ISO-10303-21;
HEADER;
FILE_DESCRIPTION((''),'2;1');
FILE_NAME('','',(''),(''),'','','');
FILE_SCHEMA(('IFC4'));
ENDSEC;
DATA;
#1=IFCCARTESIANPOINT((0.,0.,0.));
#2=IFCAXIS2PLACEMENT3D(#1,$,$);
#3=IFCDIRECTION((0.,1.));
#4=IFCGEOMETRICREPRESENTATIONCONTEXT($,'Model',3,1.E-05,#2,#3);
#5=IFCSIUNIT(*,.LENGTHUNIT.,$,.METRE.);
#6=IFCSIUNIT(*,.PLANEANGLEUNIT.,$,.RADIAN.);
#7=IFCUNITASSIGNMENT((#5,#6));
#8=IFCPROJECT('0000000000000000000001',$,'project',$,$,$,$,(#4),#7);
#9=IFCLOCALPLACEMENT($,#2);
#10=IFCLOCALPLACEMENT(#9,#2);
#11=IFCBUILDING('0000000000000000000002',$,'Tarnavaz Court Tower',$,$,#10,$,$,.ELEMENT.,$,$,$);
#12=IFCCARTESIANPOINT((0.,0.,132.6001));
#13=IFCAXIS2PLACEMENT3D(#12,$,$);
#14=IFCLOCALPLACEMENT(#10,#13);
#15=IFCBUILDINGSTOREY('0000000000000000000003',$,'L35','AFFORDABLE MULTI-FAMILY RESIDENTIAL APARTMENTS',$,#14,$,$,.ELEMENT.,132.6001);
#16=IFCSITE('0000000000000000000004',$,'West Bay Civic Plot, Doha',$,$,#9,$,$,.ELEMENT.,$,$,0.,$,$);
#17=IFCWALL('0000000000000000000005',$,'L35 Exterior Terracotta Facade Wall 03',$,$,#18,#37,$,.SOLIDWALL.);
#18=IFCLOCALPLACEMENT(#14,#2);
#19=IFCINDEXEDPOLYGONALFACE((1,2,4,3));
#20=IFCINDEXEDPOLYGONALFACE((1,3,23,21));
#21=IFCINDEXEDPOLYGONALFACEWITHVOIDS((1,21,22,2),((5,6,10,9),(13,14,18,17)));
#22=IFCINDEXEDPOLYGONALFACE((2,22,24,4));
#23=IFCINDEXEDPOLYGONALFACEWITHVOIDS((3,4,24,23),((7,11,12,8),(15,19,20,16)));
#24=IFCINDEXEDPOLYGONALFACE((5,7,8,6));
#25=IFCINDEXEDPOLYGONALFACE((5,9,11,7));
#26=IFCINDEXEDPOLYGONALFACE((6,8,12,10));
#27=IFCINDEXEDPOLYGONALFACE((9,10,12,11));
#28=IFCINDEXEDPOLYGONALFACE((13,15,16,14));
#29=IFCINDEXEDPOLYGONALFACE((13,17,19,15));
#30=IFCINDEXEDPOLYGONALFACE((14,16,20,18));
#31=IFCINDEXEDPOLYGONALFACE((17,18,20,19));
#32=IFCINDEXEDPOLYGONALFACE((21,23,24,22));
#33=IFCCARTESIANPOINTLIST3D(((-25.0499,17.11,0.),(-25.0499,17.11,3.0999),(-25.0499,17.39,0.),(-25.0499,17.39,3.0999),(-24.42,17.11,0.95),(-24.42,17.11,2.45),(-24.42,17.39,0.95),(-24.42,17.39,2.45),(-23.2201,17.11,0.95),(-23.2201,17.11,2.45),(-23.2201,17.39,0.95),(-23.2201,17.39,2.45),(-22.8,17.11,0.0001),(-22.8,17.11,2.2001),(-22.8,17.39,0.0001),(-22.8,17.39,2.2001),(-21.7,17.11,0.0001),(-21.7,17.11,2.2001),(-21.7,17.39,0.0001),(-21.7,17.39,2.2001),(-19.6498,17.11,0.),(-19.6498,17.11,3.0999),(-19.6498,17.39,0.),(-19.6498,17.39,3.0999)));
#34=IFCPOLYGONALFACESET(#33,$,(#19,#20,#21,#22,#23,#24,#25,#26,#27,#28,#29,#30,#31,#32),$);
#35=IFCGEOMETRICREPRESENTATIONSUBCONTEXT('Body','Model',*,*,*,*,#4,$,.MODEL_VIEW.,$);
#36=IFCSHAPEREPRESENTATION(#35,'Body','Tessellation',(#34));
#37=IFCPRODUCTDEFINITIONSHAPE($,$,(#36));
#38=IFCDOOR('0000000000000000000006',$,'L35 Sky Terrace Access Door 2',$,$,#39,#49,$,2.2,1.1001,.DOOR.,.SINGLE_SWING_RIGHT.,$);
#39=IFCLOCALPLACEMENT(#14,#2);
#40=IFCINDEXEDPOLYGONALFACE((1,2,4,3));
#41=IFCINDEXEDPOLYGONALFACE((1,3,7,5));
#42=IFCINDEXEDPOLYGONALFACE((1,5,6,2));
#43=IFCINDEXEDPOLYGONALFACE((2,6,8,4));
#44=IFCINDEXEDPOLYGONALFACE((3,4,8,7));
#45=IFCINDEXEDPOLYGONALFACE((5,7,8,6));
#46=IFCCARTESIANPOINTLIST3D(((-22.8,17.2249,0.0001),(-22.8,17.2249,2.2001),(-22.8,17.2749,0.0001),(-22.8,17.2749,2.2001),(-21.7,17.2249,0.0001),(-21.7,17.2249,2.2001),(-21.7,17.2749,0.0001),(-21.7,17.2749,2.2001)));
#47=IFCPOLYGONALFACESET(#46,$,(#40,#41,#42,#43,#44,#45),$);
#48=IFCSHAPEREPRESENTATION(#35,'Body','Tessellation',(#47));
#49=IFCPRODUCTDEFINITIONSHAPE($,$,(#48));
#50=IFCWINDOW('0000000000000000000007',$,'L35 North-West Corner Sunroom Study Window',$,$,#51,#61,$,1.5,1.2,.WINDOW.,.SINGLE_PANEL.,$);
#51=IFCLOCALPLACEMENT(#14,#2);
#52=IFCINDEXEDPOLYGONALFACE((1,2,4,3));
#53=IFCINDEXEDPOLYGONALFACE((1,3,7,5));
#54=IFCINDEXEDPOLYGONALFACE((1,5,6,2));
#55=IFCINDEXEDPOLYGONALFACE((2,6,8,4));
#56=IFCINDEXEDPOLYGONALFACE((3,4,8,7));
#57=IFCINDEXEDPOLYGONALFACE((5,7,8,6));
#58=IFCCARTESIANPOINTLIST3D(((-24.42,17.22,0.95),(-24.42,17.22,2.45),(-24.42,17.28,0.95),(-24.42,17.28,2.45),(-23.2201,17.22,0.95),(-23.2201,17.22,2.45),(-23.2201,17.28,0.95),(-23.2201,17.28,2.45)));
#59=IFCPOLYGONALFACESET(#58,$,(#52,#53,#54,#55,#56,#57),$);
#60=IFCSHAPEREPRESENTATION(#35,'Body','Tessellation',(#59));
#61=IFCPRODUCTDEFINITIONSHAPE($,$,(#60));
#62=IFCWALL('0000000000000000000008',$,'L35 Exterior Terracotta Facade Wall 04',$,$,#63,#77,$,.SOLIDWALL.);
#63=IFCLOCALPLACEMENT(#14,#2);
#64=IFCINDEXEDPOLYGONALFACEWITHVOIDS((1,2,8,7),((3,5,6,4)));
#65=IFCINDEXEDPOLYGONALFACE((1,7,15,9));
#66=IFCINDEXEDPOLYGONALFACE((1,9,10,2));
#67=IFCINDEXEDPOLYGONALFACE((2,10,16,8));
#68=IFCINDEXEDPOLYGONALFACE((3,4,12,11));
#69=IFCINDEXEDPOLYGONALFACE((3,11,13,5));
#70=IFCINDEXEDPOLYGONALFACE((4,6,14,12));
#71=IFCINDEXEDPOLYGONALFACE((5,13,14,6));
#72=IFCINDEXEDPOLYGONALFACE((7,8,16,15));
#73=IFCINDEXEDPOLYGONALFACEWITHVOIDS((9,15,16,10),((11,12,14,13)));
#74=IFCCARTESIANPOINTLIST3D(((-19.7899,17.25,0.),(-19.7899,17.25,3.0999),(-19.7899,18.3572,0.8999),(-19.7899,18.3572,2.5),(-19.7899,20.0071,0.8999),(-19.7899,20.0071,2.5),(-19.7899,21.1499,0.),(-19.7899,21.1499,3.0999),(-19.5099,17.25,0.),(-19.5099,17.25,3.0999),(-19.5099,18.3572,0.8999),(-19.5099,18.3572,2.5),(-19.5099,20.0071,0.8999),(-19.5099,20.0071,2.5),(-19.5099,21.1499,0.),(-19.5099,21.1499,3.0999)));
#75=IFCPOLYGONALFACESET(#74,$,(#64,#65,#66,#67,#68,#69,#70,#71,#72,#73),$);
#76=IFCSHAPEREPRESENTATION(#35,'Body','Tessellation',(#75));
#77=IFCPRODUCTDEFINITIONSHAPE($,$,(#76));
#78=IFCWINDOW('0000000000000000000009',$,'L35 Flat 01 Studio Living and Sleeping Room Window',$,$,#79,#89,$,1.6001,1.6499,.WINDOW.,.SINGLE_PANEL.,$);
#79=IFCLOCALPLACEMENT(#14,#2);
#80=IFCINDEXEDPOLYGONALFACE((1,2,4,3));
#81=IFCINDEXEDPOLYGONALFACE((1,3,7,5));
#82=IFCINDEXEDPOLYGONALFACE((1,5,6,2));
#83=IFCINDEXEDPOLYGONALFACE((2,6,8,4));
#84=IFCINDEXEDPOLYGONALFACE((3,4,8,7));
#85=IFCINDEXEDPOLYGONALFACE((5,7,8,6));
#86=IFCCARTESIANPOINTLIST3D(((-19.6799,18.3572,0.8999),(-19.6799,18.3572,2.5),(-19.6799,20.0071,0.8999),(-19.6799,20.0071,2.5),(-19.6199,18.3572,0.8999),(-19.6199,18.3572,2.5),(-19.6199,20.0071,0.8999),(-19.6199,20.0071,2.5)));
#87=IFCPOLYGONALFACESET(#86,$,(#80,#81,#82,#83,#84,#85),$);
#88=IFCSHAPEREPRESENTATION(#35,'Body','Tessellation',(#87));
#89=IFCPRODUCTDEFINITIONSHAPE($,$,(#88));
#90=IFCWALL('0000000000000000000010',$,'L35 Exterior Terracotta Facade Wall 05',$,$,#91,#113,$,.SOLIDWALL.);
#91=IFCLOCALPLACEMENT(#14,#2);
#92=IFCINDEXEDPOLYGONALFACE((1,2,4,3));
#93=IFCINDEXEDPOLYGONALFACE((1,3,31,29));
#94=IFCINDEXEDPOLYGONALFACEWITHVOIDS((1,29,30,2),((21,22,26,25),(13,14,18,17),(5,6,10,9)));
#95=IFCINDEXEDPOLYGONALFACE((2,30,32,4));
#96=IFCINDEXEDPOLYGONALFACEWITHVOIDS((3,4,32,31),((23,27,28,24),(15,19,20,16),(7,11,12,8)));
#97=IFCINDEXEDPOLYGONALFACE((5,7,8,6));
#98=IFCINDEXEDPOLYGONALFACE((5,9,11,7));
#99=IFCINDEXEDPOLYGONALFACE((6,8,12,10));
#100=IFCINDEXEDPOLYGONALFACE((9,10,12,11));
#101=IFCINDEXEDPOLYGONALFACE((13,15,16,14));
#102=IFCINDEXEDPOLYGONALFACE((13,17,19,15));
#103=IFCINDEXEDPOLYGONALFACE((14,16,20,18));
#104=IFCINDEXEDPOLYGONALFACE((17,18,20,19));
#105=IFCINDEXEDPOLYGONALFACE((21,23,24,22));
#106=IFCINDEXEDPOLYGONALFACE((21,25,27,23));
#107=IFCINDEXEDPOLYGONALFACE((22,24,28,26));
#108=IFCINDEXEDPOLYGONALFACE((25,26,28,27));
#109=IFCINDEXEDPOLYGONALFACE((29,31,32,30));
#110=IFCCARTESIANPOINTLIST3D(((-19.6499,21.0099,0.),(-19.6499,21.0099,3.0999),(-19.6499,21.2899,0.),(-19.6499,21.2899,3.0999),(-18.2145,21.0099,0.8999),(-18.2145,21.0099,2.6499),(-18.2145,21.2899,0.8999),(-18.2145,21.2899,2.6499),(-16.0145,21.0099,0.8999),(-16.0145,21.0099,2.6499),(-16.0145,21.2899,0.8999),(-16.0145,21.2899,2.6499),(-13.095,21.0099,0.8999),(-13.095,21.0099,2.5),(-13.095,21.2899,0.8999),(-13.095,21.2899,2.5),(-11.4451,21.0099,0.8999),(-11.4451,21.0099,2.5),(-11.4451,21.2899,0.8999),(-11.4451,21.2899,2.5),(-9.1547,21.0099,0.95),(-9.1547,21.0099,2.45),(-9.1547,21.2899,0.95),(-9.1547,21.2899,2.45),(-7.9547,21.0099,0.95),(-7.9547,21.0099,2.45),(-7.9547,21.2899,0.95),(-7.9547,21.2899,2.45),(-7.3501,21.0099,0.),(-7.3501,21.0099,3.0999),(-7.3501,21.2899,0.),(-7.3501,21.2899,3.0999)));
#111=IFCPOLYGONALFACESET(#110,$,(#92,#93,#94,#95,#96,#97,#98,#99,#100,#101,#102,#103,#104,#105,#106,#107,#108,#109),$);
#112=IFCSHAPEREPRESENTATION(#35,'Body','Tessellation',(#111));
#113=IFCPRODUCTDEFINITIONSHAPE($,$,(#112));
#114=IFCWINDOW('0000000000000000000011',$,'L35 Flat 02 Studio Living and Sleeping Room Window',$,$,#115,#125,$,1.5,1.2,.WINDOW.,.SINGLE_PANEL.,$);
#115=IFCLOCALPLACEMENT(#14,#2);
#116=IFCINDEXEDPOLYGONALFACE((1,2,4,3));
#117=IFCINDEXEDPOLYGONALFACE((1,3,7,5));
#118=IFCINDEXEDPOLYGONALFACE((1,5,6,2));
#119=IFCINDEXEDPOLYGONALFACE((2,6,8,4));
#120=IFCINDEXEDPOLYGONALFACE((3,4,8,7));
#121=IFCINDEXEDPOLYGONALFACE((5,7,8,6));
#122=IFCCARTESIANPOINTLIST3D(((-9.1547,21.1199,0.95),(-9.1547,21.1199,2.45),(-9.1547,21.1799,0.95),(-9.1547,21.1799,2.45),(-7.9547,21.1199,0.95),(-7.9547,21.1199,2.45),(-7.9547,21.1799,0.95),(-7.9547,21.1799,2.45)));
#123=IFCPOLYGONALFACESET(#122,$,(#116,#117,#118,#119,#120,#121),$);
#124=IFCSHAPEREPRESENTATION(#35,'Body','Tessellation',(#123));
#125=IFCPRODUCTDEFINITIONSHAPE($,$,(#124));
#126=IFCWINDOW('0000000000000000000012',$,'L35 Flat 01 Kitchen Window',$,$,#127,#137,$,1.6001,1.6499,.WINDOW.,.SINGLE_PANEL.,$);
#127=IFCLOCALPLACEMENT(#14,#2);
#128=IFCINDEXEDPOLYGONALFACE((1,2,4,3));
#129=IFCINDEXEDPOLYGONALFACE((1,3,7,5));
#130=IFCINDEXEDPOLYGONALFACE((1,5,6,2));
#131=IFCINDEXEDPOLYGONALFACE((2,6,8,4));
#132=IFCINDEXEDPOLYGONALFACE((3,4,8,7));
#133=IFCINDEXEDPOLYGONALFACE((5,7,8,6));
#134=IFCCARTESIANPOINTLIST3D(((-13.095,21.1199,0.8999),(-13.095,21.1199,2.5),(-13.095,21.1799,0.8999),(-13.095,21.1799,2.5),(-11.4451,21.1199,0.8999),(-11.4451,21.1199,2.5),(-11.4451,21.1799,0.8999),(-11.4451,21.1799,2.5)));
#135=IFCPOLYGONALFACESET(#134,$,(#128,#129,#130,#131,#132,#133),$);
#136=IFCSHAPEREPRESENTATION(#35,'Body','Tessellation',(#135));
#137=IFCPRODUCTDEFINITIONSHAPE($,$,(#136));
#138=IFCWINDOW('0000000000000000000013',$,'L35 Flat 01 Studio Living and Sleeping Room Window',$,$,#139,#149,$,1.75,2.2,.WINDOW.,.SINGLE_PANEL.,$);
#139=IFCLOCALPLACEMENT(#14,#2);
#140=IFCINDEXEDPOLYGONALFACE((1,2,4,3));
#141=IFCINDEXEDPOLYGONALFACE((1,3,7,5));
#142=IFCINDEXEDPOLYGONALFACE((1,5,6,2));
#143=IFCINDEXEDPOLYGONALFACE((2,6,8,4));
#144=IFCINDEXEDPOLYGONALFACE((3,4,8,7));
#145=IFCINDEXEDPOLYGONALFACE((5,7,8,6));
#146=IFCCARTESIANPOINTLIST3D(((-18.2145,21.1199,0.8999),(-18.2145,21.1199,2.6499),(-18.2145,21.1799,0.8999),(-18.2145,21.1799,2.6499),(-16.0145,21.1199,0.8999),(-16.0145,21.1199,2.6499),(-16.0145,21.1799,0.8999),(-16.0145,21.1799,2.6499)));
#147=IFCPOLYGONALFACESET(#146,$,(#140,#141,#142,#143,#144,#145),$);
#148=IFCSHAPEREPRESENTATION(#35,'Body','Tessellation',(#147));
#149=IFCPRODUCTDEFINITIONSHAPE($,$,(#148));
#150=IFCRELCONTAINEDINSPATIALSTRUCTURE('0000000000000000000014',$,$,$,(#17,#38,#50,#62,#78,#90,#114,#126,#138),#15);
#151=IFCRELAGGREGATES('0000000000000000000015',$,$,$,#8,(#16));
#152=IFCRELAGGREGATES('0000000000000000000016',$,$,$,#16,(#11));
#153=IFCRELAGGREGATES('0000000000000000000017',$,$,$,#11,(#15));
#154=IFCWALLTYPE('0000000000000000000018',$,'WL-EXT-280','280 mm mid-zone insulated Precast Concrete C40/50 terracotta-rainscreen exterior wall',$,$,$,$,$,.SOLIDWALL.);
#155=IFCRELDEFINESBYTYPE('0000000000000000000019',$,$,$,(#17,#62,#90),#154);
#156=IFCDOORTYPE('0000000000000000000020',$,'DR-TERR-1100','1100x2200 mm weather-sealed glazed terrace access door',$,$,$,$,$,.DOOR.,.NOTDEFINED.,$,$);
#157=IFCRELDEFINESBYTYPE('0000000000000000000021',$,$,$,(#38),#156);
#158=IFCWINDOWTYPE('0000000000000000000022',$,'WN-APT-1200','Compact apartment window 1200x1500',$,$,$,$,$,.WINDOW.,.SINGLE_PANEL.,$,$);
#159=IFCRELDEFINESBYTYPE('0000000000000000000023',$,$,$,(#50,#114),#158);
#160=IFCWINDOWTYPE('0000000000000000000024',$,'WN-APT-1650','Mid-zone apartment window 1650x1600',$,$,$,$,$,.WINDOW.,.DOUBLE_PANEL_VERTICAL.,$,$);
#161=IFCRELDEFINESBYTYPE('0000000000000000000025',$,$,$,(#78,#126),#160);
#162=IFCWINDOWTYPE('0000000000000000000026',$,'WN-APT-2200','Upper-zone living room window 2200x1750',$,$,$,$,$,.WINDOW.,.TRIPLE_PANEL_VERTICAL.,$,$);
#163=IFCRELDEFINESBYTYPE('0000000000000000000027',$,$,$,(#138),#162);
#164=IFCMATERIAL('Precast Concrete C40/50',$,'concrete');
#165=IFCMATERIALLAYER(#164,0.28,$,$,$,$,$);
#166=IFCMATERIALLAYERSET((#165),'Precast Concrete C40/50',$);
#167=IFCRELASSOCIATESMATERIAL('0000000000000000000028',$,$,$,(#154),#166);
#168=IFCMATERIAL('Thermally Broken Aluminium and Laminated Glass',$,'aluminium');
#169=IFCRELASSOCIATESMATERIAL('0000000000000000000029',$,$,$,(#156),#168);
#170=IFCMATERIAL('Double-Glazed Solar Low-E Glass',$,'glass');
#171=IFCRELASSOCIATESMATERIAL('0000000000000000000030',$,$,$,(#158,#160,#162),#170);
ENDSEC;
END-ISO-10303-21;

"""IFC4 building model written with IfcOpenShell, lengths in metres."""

from ifc_helpers import new_model, si_unit, direction, frame, frame_2d, origin, place, context, subcontext, project, spatial, rectangle, extrude, material, layer, layer_set, type_object, element, fill, save


model = new_model("IFC4")

# Units and contexts
model_context = context("Model", 3, precision=1e-05, world=origin(), true_north=direction((0.0, 1.0)))
body_context = subcontext(model_context, "Body", "Model", "MODEL_VIEW")
ifc_project = project(units=[si_unit("LENGTHUNIT", "METRE"), si_unit("PLANEANGLEUNIT", "RADIAN")], contexts=[model_context])

# Site, building, storey
site_placement = place(None, origin())
site = spatial("IfcSite", under=ifc_project, at=site_placement, Name="West Bay Civic Plot, Doha", CompositionType="ELEMENT", RefElevation=0.0)
building_placement = place(site_placement, origin())
building = spatial("IfcBuilding", under=site, at=building_placement, Name="Tarnavaz Court Tower", CompositionType="ELEMENT")
storey_placement = place(building_placement, frame((0.0, 0.0, 132.6001)))
storey = spatial("IfcBuildingStorey", under=building, at=storey_placement, Name="L35", Description="AFFORDABLE MULTI-FAMILY RESIDENTIAL APARTMENTS", CompositionType="ELEMENT", Elevation=132.6001)

# Wall, openings, door, window
ifc_material_1 = material(Name="Precast Concrete C40/50", Category="concrete")
ifc_layer_1 = layer(ifc_material_1, 0.28)
ifc_layer_set_1 = layer_set([ifc_layer_1], Name="Precast Concrete C40/50")
wall_type_1 = type_object("IfcWallType", Name="WL-EXT-280", Description="280 mm mid-zone insulated Precast Concrete C40/50 terracotta-rainscreen exterior wall", PredefinedType="SOLIDWALL", material=ifc_layer_set_1)
wall_1_placement = place(storey_placement, frame((-25.05, 17.25, 0.0), z_axis=(0.0, 0.0, 1.0), x_axis=(1.0, 0.0, 0.0)))
wall_1 = element("IfcWall", 1, at=wall_1_placement, inside=storey, type_object=wall_type_1, Name="L35 Exterior Terracotta Facade Wall 03", PredefinedType="SOLIDWALL", context=body_context, shape_type="SweptSolid", body=[
    extrude(rectangle(XDim=5.4001, YDim=0.28, at=frame_2d((2.7002, 0.0))), origin(), (0.0, 0.0, 1.0), 3.0999),
])
opening_1_placement = place(wall_1_placement, frame((2.25, 0.0, 0.0)))
opening_1 = element("IfcOpeningElement", 2, at=opening_1_placement, cuts=wall_1, PredefinedType="OPENING", context=body_context, shape_type="SweptSolid", body=[
    extrude(rectangle(XDim=1.1001, YDim=2.2, at=frame_2d((0.55, 1.1001))), frame((0.0, 0.1499, 0.0), z_axis=(0.0, -1.0, 0.0), x_axis=(1.0, 0.0, 0.0)), (0.0, 0.0, 1.0), 0.3),
])
opening_2_placement = place(wall_1_placement, frame((0.6299, 0.0, 0.95)))
opening_2 = element("IfcOpeningElement", 3, at=opening_2_placement, cuts=wall_1, PredefinedType="OPENING", context=body_context, shape_type="SweptSolid", body=[
    extrude(rectangle(XDim=1.2, YDim=1.5, at=frame_2d((0.6001, 0.75))), frame((0.0, 0.1499, 0.0), z_axis=(0.0, -1.0, 0.0), x_axis=(1.0, 0.0, 0.0)), (0.0, 0.0, 1.0), 0.3),
])
ifc_material_2 = material(Name="Thermally Broken Aluminium and Laminated Glass", Category="aluminium")
door_type_1 = type_object("IfcDoorType", Name="DR-TERR-1100", Description="1100x2200 mm weather-sealed glazed terrace access door", OperationType="NOTDEFINED", PredefinedType="DOOR", material=ifc_material_2)
door_1_placement = place(opening_1_placement, origin())
door_1 = element("IfcDoor", 4, at=door_1_placement, inside=storey, type_object=door_type_1, Name="L35 Sky Terrace Access Door 2", OperationType="SINGLE_SWING_RIGHT", OverallHeight=2.2, OverallWidth=1.1001, PredefinedType="DOOR", context=body_context, shape_type="SweptSolid", body=[
    extrude(rectangle(XDim=1.1001, YDim=2.2, at=frame_2d((0.55, 1.1001))), frame((0.0, 0.0249, 0.0), z_axis=(0.0, -1.0, 0.0), x_axis=(1.0, 0.0, 0.0)), (0.0, 0.0, 1.0), 0.05),
])
fill(opening_1, door_1)
ifc_material_3 = material(Name="Double-Glazed Solar Low-E Glass", Category="glass")
window_type_1 = type_object("IfcWindowType", Name="WN-APT-1200", Description="Compact apartment window 1200x1500", PartitioningType="SINGLE_PANEL", PredefinedType="WINDOW", material=ifc_material_3)
window_1_placement = place(opening_2_placement, origin())
window_1 = element("IfcWindow", 5, at=window_1_placement, inside=storey, type_object=window_type_1, Name="L35 North-West Corner Sunroom Study Window", OverallHeight=1.5, OverallWidth=1.2, PartitioningType="SINGLE_PANEL", PredefinedType="WINDOW", context=body_context, shape_type="SweptSolid", body=[
    extrude(rectangle(XDim=1.2, YDim=1.5, at=frame_2d((0.6001, 0.75))), frame((0.0, 0.03, 0.0), z_axis=(0.0, -1.0, 0.0), x_axis=(1.0, 0.0, 0.0)), (0.0, 0.0, 1.0), 0.0601),
])
fill(opening_2, window_1)

# Wall, opening, window
wall_2_placement = place(storey_placement, frame((-19.6499, 17.25, 0.0), z_axis=(0.0, 0.0, 1.0), x_axis=(0.0, 1.0, 0.0)))
wall_2 = element("IfcWall", 6, at=wall_2_placement, inside=storey, type_object=wall_type_1, Name="L35 Exterior Terracotta Facade Wall 04", PredefinedType="SOLIDWALL", context=body_context, shape_type="SweptSolid", body=[
    extrude(rectangle(XDim=3.8999, YDim=0.28, at=frame_2d((1.95, 0.0))), origin(), (0.0, 0.0, 1.0), 3.0999),
])
opening_3_placement = place(wall_2_placement, frame((1.1072, 0.0, 0.8999)))
opening_3 = element("IfcOpeningElement", 7, at=opening_3_placement, cuts=wall_2, PredefinedType="OPENING", context=body_context, shape_type="SweptSolid", body=[
    extrude(rectangle(XDim=1.6499, YDim=1.6001, at=frame_2d((0.825, 0.8))), frame((0.0, 0.1499, 0.0), z_axis=(0.0, -1.0, 0.0), x_axis=(1.0, 0.0, 0.0)), (0.0, 0.0, 1.0), 0.3),
])
window_type_2 = type_object("IfcWindowType", Name="WN-APT-1650", Description="Mid-zone apartment window 1650x1600", PartitioningType="DOUBLE_PANEL_VERTICAL", PredefinedType="WINDOW", material=ifc_material_3)
window_2_placement = place(opening_3_placement, origin())
window_2 = element("IfcWindow", 8, at=window_2_placement, inside=storey, type_object=window_type_2, Name="L35 Flat 01 Studio Living and Sleeping Room Window", OverallHeight=1.6001, OverallWidth=1.6499, PartitioningType="SINGLE_PANEL", PredefinedType="WINDOW", context=body_context, shape_type="SweptSolid", body=[
    extrude(rectangle(XDim=1.6499, YDim=1.6001, at=frame_2d((0.825, 0.8))), frame((0.0, 0.03, 0.0), z_axis=(0.0, -1.0, 0.0), x_axis=(1.0, 0.0, 0.0)), (0.0, 0.0, 1.0), 0.0601),
])
fill(opening_3, window_2)

# Wall, openings, windows
wall_3_placement = place(storey_placement, frame((-19.6499, 21.1499, 0.0), z_axis=(0.0, 0.0, 1.0), x_axis=(1.0, 0.0, 0.0)))
wall_3 = element("IfcWall", 9, at=wall_3_placement, inside=storey, type_object=wall_type_1, Name="L35 Exterior Terracotta Facade Wall 05", PredefinedType="SOLIDWALL", context=body_context, shape_type="SweptSolid", body=[
    extrude(rectangle(XDim=12.2998, YDim=0.28, at=frame_2d((6.1499, 0.0))), origin(), (0.0, 0.0, 1.0), 3.0999),
])
opening_4_placement = place(wall_3_placement, frame((1.4353, 0.0, 0.8999)))
opening_4 = element("IfcOpeningElement", 10, at=opening_4_placement, cuts=wall_3, PredefinedType="OPENING", context=body_context, shape_type="SweptSolid", body=[
    extrude(rectangle(XDim=2.2, YDim=1.75, at=frame_2d((1.1001, 0.875))), frame((0.0, 0.1499, 0.0), z_axis=(0.0, -1.0, 0.0), x_axis=(1.0, 0.0, 0.0)), (0.0, 0.0, 1.0), 0.3),
])
opening_5_placement = place(wall_3_placement, frame((6.5549, 0.0, 0.8999)))
opening_5 = element("IfcOpeningElement", 11, at=opening_5_placement, cuts=wall_3, PredefinedType="OPENING", context=body_context, shape_type="SweptSolid", body=[
    extrude(rectangle(XDim=1.6499, YDim=1.6001, at=frame_2d((0.825, 0.8))), frame((0.0, 0.1499, 0.0), z_axis=(0.0, -1.0, 0.0), x_axis=(1.0, 0.0, 0.0)), (0.0, 0.0, 1.0), 0.3),
])
opening_6_placement = place(wall_3_placement, frame((10.4951, 0.0, 0.95)))
opening_6 = element("IfcOpeningElement", 12, at=opening_6_placement, cuts=wall_3, PredefinedType="OPENING", context=body_context, shape_type="SweptSolid", body=[
    extrude(rectangle(XDim=1.2, YDim=1.5, at=frame_2d((0.6001, 0.75))), frame((0.0, 0.1499, 0.0), z_axis=(0.0, -1.0, 0.0), x_axis=(1.0, 0.0, 0.0)), (0.0, 0.0, 1.0), 0.3),
])
window_3_placement = place(opening_6_placement, origin())
window_3 = element("IfcWindow", 13, at=window_3_placement, inside=storey, type_object=window_type_1, Name="L35 Flat 02 Studio Living and Sleeping Room Window", OverallHeight=1.5, OverallWidth=1.2, PartitioningType="SINGLE_PANEL", PredefinedType="WINDOW", context=body_context, shape_type="SweptSolid", body=[
    extrude(rectangle(XDim=1.2, YDim=1.5, at=frame_2d((0.6001, 0.75))), frame((0.0, 0.03, 0.0), z_axis=(0.0, -1.0, 0.0), x_axis=(1.0, 0.0, 0.0)), (0.0, 0.0, 1.0), 0.0601),
])
fill(opening_6, window_3)
window_4_placement = place(opening_5_placement, origin())
window_4 = element("IfcWindow", 14, at=window_4_placement, inside=storey, type_object=window_type_2, Name="L35 Flat 01 Kitchen Window", OverallHeight=1.6001, OverallWidth=1.6499, PartitioningType="SINGLE_PANEL", PredefinedType="WINDOW", context=body_context, shape_type="SweptSolid", body=[
    extrude(rectangle(XDim=1.6499, YDim=1.6001, at=frame_2d((0.825, 0.8))), frame((0.0, 0.03, 0.0), z_axis=(0.0, -1.0, 0.0), x_axis=(1.0, 0.0, 0.0)), (0.0, 0.0, 1.0), 0.0601),
])
fill(opening_5, window_4)
window_type_3 = type_object("IfcWindowType", Name="WN-APT-2200", Description="Upper-zone living room window 2200x1750", PartitioningType="TRIPLE_PANEL_VERTICAL", PredefinedType="WINDOW", material=ifc_material_3)
window_5_placement = place(opening_4_placement, origin())
window_5 = element("IfcWindow", 15, at=window_5_placement, inside=storey, type_object=window_type_3, Name="L35 Flat 01 Studio Living and Sleeping Room Window", OverallHeight=1.75, OverallWidth=2.2, PartitioningType="SINGLE_PANEL", PredefinedType="WINDOW", context=body_context, shape_type="SweptSolid", body=[
    extrude(rectangle(XDim=2.2, YDim=1.75, at=frame_2d((1.1001, 0.875))), frame((0.0, 0.03, 0.0), z_axis=(0.0, -1.0, 0.0), x_axis=(1.0, 0.0, 0.0)), (0.0, 0.0, 1.0), 0.0601),
])
fill(opening_4, window_5)

save(model, "model.ifc")
